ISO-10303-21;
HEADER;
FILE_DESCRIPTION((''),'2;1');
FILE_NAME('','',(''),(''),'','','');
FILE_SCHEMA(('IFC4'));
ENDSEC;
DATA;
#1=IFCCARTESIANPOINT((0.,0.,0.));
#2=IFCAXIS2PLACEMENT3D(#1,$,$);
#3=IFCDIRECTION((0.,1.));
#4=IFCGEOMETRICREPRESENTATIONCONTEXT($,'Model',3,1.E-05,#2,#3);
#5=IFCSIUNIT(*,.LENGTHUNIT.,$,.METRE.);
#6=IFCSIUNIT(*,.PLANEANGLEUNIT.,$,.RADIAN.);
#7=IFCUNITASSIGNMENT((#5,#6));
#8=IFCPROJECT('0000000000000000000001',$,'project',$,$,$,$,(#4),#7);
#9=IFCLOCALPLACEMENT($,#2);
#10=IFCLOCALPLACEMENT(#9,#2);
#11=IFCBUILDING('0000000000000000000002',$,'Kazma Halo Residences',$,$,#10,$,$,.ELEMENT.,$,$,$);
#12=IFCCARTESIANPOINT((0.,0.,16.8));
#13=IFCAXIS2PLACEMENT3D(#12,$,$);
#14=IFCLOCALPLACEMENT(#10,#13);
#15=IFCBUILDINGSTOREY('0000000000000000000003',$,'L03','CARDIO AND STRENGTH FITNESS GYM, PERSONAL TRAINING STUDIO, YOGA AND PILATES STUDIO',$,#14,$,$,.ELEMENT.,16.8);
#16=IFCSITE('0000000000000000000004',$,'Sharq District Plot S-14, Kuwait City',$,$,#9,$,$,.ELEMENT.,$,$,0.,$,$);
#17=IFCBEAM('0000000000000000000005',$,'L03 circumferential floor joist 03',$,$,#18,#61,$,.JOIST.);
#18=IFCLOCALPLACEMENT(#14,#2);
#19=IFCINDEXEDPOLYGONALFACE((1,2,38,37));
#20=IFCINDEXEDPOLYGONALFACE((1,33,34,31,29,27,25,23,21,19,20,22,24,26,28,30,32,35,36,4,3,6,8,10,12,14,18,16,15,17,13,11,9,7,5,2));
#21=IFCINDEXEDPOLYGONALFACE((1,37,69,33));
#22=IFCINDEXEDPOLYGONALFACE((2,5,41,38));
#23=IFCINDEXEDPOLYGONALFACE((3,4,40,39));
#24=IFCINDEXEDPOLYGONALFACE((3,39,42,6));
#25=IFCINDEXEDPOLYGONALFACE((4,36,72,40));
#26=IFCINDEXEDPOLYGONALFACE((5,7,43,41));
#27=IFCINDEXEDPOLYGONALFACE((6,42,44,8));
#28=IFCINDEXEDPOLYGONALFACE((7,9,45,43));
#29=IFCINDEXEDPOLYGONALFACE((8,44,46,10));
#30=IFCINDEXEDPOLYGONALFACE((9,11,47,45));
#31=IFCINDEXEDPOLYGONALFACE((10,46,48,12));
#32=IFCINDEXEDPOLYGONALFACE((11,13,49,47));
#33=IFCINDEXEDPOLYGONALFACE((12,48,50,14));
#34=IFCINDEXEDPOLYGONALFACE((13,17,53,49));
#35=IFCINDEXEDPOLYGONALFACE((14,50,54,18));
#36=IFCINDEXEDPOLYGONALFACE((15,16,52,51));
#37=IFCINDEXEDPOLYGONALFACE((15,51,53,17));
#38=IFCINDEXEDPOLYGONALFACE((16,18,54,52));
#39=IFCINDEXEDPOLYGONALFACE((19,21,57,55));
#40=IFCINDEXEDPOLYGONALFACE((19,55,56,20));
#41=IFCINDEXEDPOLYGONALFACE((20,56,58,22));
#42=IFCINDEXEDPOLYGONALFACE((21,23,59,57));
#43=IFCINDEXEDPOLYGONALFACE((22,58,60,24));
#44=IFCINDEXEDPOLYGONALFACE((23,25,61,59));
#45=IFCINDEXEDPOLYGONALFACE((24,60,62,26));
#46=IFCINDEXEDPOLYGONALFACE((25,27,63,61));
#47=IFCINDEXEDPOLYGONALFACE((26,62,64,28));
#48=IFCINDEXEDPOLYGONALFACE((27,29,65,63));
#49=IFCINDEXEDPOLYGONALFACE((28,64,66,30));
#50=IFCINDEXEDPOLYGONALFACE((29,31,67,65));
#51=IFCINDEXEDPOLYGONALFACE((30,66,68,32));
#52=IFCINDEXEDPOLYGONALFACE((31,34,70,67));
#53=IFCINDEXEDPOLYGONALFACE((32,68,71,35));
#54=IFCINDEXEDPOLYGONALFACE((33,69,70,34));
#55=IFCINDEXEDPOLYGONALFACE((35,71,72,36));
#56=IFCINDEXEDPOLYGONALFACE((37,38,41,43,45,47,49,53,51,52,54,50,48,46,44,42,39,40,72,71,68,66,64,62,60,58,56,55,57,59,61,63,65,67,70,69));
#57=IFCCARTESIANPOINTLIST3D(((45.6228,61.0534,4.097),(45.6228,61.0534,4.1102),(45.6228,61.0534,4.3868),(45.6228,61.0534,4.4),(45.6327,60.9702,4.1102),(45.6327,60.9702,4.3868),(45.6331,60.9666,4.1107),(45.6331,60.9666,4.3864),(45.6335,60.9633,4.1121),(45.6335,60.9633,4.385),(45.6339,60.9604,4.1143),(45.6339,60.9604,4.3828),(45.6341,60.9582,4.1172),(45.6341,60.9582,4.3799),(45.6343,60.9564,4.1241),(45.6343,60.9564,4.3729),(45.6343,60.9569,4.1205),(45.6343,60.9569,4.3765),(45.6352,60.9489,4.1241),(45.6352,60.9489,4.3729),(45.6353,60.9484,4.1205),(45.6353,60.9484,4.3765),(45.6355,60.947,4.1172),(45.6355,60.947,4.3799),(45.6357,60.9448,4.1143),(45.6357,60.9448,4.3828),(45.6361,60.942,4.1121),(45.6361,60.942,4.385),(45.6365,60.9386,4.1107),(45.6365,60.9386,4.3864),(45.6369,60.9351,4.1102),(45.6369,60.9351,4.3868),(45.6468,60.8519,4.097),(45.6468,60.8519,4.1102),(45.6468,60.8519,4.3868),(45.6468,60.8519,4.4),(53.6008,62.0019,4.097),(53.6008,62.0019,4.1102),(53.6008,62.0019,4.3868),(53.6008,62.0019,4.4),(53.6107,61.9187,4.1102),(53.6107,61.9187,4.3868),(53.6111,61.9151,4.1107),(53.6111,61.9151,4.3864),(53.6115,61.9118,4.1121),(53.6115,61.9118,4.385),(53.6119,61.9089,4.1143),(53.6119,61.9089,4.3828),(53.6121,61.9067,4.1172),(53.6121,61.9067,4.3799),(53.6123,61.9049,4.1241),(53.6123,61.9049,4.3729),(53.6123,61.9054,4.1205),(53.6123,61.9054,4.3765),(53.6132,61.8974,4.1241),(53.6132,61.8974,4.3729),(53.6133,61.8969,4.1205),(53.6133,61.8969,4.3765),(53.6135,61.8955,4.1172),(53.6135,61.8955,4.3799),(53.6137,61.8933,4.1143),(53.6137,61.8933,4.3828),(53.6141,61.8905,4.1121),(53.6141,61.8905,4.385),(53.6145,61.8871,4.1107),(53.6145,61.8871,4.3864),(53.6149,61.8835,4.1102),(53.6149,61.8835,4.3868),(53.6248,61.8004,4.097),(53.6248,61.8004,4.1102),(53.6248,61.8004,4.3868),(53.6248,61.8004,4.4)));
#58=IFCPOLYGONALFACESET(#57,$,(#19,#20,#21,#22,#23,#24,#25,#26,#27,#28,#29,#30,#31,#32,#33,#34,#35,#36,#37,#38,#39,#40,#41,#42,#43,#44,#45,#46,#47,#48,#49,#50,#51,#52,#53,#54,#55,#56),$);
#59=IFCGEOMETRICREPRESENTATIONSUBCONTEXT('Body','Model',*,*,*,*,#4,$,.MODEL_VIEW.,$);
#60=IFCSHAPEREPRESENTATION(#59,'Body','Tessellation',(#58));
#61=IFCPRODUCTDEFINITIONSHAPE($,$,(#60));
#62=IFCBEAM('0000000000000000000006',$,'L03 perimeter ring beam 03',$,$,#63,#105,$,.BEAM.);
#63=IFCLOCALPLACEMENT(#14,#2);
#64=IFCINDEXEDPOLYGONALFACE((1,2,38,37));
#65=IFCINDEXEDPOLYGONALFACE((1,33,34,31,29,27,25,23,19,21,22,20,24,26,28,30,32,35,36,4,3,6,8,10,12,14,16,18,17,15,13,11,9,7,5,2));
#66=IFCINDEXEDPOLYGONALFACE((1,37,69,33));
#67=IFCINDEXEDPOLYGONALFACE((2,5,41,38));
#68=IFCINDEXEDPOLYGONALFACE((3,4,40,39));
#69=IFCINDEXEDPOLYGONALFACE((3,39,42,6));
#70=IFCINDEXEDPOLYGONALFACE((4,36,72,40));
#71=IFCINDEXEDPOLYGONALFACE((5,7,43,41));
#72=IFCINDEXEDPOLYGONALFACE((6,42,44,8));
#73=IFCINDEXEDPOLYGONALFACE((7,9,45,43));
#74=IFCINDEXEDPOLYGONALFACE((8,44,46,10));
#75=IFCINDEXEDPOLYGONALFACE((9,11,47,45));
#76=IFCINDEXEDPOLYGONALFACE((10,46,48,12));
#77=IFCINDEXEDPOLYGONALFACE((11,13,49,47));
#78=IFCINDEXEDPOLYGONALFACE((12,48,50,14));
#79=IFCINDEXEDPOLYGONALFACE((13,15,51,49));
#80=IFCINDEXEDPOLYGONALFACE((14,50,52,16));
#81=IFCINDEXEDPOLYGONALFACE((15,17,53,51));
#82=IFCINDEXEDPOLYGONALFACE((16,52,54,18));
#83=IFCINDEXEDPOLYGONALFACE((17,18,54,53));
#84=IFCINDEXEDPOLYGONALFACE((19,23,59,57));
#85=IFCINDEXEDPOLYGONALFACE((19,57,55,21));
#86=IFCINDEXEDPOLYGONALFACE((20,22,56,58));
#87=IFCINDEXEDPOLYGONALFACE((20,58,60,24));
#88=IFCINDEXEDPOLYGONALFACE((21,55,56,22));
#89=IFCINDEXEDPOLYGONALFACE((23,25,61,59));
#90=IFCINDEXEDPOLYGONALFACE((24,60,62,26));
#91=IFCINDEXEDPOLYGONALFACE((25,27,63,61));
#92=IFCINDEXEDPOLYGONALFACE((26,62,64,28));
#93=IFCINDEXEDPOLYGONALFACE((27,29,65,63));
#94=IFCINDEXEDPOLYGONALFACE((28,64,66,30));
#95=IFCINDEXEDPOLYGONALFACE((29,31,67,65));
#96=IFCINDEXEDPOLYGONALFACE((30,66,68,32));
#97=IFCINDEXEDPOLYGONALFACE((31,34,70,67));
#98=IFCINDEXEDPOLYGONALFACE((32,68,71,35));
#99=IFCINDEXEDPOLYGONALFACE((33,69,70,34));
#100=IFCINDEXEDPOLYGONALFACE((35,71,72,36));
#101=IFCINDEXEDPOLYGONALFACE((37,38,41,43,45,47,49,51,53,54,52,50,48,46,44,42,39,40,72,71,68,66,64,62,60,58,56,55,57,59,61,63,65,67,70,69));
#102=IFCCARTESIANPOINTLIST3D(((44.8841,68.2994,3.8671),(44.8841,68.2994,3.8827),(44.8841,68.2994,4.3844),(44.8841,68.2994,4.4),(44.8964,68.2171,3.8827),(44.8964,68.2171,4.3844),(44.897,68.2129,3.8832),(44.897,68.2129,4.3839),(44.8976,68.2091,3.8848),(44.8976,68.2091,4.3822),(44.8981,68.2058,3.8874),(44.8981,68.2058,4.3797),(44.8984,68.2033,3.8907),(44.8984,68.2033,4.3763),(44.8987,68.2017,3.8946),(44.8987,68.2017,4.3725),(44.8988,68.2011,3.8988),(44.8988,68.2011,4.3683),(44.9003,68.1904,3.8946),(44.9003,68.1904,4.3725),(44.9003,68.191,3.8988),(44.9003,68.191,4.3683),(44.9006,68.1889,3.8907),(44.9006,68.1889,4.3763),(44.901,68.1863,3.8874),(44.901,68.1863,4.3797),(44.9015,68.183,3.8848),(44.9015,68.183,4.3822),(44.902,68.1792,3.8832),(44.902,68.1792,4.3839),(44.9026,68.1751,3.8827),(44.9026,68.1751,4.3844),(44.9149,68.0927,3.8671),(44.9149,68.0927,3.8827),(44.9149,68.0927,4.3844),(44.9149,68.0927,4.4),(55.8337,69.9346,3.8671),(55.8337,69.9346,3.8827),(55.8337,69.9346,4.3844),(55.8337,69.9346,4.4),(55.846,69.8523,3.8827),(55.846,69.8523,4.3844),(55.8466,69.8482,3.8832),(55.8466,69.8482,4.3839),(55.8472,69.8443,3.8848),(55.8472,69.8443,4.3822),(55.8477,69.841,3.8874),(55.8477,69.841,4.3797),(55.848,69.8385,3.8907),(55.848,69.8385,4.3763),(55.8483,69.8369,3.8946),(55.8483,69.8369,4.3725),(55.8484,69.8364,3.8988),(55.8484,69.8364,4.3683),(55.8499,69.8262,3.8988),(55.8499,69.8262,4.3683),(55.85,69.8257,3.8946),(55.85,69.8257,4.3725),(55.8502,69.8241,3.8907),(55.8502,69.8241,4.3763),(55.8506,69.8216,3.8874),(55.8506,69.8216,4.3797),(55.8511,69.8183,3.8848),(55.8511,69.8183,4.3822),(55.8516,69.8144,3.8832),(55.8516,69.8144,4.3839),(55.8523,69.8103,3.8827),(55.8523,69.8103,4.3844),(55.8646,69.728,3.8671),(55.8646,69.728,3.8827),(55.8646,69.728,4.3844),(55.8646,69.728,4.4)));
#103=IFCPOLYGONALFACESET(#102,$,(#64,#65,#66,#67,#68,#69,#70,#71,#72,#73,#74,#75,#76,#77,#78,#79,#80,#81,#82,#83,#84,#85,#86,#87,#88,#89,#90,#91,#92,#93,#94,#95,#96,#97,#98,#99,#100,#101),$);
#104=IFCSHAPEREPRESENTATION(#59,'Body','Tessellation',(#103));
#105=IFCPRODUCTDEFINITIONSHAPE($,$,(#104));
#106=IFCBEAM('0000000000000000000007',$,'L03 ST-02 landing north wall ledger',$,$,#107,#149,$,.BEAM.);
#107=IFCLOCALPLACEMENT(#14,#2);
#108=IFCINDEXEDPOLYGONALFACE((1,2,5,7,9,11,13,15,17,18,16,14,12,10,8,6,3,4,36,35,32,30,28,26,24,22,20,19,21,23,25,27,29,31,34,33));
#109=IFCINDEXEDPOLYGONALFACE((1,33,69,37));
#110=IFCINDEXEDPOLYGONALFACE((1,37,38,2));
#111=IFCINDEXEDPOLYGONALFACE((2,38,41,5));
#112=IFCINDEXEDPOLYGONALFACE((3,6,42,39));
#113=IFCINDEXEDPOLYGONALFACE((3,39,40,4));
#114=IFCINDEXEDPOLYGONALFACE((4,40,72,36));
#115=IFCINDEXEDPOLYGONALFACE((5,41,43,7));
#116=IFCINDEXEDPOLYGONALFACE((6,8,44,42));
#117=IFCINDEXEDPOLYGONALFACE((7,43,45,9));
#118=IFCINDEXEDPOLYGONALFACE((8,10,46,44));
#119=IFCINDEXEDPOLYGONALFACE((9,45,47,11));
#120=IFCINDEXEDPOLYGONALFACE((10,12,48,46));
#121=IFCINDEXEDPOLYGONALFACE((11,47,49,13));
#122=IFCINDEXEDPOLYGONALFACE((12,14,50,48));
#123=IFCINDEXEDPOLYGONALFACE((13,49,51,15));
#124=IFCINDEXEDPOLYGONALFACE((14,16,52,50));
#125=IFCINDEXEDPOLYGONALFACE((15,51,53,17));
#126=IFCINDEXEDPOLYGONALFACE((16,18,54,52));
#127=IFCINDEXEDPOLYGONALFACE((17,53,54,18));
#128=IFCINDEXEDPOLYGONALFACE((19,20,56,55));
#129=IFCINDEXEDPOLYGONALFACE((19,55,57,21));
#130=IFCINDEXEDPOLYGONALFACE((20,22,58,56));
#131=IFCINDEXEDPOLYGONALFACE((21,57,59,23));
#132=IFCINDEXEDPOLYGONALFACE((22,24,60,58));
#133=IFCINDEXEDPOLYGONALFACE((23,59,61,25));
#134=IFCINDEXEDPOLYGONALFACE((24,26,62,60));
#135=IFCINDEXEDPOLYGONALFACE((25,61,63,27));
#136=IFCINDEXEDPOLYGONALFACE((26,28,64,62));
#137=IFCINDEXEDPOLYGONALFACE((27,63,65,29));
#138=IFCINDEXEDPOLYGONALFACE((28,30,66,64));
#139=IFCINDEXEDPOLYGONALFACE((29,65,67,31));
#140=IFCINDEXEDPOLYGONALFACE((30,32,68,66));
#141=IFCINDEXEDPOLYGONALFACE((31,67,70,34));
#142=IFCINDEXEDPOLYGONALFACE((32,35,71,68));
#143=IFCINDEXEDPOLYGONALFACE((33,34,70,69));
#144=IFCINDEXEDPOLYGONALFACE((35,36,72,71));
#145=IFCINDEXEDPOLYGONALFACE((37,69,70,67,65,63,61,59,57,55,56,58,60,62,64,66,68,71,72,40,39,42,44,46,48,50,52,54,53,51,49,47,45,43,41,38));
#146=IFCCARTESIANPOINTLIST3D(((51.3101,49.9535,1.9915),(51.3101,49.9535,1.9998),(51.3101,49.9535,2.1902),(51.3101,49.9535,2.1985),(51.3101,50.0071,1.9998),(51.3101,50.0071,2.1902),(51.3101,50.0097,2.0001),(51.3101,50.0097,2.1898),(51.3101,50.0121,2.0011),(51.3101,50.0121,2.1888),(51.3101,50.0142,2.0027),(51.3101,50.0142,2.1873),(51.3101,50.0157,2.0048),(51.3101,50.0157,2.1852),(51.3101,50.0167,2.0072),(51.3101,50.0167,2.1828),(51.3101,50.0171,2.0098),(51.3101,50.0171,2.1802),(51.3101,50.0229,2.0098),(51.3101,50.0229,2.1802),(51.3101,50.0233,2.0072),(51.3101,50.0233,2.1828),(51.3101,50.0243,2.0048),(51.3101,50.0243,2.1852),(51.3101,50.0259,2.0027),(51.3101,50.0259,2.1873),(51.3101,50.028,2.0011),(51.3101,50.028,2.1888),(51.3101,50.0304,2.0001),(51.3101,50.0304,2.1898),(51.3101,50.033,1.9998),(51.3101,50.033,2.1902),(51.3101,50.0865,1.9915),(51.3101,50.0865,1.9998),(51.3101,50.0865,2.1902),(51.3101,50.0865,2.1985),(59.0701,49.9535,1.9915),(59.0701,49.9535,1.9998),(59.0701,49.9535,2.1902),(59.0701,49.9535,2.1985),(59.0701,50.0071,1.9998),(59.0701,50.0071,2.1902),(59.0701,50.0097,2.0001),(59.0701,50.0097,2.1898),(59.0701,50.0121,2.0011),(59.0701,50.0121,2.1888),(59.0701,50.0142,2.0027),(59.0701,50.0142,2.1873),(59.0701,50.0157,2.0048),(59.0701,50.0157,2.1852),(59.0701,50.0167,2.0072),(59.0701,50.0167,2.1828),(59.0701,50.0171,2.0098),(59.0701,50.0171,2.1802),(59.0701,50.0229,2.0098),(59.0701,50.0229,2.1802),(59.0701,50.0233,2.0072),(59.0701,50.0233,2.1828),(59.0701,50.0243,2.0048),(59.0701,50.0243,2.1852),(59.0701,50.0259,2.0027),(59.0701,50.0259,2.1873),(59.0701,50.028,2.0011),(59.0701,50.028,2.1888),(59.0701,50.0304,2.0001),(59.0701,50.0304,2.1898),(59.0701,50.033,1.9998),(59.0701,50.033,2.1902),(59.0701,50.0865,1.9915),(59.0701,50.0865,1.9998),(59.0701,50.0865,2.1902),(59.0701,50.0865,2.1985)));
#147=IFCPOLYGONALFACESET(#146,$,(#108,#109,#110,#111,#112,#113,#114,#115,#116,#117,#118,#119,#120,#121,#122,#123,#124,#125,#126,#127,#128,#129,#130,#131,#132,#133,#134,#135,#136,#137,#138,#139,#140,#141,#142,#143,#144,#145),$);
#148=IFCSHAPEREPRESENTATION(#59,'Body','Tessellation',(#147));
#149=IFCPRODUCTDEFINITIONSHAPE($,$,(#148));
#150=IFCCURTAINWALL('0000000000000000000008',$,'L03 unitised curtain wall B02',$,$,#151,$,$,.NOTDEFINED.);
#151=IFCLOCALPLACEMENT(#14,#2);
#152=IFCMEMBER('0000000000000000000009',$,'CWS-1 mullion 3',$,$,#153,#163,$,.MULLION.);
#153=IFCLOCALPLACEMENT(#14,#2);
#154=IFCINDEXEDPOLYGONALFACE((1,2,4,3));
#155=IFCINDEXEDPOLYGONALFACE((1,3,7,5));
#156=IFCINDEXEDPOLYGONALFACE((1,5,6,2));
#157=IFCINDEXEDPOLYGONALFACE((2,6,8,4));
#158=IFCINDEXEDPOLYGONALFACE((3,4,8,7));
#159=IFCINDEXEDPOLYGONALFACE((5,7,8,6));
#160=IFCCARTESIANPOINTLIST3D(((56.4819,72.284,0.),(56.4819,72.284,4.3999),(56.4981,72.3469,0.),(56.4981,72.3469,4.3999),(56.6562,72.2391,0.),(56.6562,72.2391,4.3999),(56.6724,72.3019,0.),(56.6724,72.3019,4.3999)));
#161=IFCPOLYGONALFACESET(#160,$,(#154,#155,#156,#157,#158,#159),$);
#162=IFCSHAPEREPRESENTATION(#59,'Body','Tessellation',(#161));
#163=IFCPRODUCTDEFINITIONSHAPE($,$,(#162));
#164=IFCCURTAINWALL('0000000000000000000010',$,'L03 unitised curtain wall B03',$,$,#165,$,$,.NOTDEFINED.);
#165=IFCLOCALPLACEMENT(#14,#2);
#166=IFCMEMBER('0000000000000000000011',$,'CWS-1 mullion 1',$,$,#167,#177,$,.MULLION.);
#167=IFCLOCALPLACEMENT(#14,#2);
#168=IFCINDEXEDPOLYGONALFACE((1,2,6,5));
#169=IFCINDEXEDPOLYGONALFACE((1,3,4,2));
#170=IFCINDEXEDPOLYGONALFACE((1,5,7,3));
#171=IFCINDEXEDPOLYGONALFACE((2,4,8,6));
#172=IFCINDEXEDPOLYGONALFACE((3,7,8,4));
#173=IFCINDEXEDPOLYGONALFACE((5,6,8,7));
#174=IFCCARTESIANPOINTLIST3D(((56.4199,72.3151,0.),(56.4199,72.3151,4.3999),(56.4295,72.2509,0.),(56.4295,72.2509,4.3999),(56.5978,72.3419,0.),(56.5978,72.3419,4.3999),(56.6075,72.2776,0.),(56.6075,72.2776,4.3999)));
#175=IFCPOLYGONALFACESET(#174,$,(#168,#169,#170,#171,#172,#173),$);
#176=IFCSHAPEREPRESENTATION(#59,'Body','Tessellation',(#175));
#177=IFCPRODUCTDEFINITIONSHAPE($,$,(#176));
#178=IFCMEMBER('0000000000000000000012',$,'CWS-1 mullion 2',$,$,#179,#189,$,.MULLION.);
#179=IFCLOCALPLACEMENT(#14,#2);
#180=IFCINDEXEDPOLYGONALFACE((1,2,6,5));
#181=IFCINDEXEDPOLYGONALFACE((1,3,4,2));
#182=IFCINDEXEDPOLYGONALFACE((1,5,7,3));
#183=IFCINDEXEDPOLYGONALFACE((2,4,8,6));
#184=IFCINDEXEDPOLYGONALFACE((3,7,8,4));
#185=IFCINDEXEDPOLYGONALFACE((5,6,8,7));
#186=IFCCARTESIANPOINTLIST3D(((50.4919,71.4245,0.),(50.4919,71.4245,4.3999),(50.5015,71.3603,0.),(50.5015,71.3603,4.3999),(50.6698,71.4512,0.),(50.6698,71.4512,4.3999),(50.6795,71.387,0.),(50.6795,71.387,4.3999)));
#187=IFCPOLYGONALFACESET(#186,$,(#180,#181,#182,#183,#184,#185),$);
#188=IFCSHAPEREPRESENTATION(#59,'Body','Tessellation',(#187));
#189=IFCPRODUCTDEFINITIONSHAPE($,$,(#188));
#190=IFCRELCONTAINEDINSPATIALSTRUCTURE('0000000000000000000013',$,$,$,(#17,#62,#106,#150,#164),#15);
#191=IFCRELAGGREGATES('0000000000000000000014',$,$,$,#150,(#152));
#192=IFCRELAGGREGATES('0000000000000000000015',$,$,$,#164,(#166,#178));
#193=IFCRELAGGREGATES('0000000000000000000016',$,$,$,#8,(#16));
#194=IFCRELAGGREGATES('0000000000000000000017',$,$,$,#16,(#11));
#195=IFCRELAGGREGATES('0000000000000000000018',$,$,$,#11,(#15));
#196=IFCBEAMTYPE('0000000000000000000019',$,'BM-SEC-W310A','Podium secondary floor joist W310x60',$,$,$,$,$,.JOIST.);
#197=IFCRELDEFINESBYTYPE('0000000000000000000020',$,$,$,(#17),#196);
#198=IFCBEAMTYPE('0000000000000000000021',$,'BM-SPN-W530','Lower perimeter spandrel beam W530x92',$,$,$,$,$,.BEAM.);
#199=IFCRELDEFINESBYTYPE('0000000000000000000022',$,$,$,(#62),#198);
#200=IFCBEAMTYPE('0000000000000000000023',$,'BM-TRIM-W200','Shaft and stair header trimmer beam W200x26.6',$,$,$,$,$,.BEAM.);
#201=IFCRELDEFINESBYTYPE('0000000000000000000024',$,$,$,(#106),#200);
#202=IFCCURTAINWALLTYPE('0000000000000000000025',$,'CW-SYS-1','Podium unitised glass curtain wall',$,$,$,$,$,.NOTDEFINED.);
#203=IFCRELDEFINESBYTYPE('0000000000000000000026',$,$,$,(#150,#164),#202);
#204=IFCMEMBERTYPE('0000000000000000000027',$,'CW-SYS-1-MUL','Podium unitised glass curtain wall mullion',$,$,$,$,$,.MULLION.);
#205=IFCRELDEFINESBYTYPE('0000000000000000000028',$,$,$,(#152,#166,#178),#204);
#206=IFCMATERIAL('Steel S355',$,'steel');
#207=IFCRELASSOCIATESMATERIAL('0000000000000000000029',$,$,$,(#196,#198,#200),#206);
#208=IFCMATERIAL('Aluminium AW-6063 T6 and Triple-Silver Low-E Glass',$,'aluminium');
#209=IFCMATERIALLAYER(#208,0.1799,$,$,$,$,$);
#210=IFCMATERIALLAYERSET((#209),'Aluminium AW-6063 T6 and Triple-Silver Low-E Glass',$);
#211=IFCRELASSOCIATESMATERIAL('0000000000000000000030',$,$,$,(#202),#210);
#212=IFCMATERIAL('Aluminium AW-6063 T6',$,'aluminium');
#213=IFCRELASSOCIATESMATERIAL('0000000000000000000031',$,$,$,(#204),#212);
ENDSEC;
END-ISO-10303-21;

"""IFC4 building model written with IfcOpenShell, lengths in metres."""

from ifc_helpers import new_model, si_unit, direction, frame, origin, origin_2d, place, context, subcontext, project, spatial, rectangle, i_section, extrude, material, layer, layer_set, material_profile, profile_set, type_object, element, aggregate, save


model = new_model("IFC4")

# Units and contexts
model_context = context("Model", 3, precision=1e-05, world=origin(), true_north=direction((0.0, 1.0)))
body_context = subcontext(model_context, "Body", "Model", "MODEL_VIEW")
ifc_project = project(units=[si_unit("LENGTHUNIT", "METRE"), si_unit("PLANEANGLEUNIT", "RADIAN")], contexts=[model_context])

# Site, building, storey
site_placement = place(None, origin())
site = spatial("IfcSite", under=ifc_project, at=site_placement, Name="Sharq District Plot S-14, Kuwait City", CompositionType="ELEMENT", RefElevation=0.0)
building_placement = place(site_placement, origin())
building = spatial("IfcBuilding", under=site, at=building_placement, Name="Kazma Halo Residences", CompositionType="ELEMENT")
storey_placement = place(building_placement, frame((0.0, 0.0, 16.8)))
storey = spatial("IfcBuildingStorey", under=building, at=storey_placement, Name="L03", Description="CARDIO AND STRENGTH FITNESS GYM, PERSONAL TRAINING STUDIO, YOGA AND PILATES STUDIO", CompositionType="ELEMENT", Elevation=16.8)

# Beams
ifc_material_1 = material(Name="Steel S355", Category="steel")
ifc_material_profile_1 = material_profile(ifc_material_1, i_section(OverallWidth=0.2029, OverallDepth=0.303, WebThickness=0.0076, FlangeThickness=0.0132, FilletRadius=0.0139, at=origin_2d()), Name="W310x60")
ifc_profile_set_1 = profile_set([ifc_material_profile_1], Name="Steel S355")
beam_type_1 = type_object("IfcBeamType", Name="BM-SEC-W310A", Description="Podium secondary floor joist W310x60", PredefinedType="JOIST", material=ifc_profile_set_1)
beam_1_placement = place(storey_placement, frame((53.6128, 61.9011, 4.2485), z_axis=(-0.993007, -0.118056, 0.0), x_axis=(0.118056, -0.993007, 0.0)))
element("IfcBeam", 1, at=beam_1_placement, inside=storey, type_object=beam_type_1, Name="L03 circumferential floor joist 03", PredefinedType="JOIST", context=body_context, shape_type="SweptSolid", body=[
    extrude(i_section(OverallWidth=0.2029, OverallDepth=0.303, WebThickness=0.0076, FlangeThickness=0.0132, FilletRadius=0.0139, at=origin_2d()), origin(), (0.0, 0.0, 1.0), 8.0342),
])
ifc_material_profile_2 = material_profile(ifc_material_1, i_section(OverallWidth=0.209, OverallDepth=0.533, WebThickness=0.0103, FlangeThickness=0.0156, FilletRadius=0.0161, at=origin_2d()), Name="W530x92")
ifc_profile_set_2 = profile_set([ifc_material_profile_2], Name="Steel S355")
beam_type_2 = type_object("IfcBeamType", Name="BM-SPN-W530", Description="Lower perimeter spandrel beam W530x92", PredefinedType="BEAM", material=ifc_profile_set_2)
beam_2_placement = place(storey_placement, frame((55.8491, 69.8313, 4.1335), z_axis=(-0.989032, -0.147704, 0.0), x_axis=(0.147704, -0.989032, 0.0)))
element("IfcBeam", 2, at=beam_2_placement, inside=storey, type_object=beam_type_2, Name="L03 perimeter ring beam 03", PredefinedType="BEAM", context=body_context, shape_type="SweptSolid", body=[
    extrude(i_section(OverallWidth=0.209, OverallDepth=0.533, WebThickness=0.0103, FlangeThickness=0.0156, FilletRadius=0.0161, at=origin_2d()), origin(), (0.0, 0.0, 1.0), 11.071),
])
ifc_material_profile_3 = material_profile(ifc_material_1, i_section(OverallWidth=0.1331, OverallDepth=0.207, WebThickness=0.0059, FlangeThickness=0.0083, FilletRadius=0.01, at=origin_2d()), Name="W200x26.6")
ifc_profile_set_3 = profile_set([ifc_material_profile_3], Name="Steel S355")
beam_type_3 = type_object("IfcBeamType", Name="BM-TRIM-W200", Description="Shaft and stair header trimmer beam W200x26.6", PredefinedType="BEAM", material=ifc_profile_set_3)
beam_3_placement = place(storey_placement, frame((51.3101, 50.02, 2.095), z_axis=(1.0, 0.0, 0.0), x_axis=(0.0, 1.0, 0.0)))
element("IfcBeam", 3, at=beam_3_placement, inside=storey, type_object=beam_type_3, Name="L03 ST-02 landing north wall ledger", PredefinedType="BEAM", context=body_context, shape_type="SweptSolid", body=[
    extrude(i_section(OverallWidth=0.1331, OverallDepth=0.207, WebThickness=0.0059, FlangeThickness=0.0083, FilletRadius=0.01, at=origin_2d()), origin(), (0.0, 0.0, 1.0), 7.76),
])

# Curtain wall, member
ifc_material_2 = material(Name="Aluminium AW-6063 T6 and Triple-Silver Low-E Glass", Category="aluminium")
ifc_layer_1 = layer(ifc_material_2, 0.1799)
ifc_layer_set_1 = layer_set([ifc_layer_1], Name="Aluminium AW-6063 T6 and Triple-Silver Low-E Glass")
curtain_wall_type = type_object("IfcCurtainWallType", Name="CW-SYS-1", Description="Podium unitised glass curtain wall", PredefinedType="NOTDEFINED", material=ifc_layer_set_1)
curtain_wall_1_placement = place(storey_placement, origin())
curtain_wall_1 = element("IfcCurtainWall", 4, at=curtain_wall_1_placement, inside=storey, type_object=curtain_wall_type, Name="L03 unitised curtain wall B02", PredefinedType="NOTDEFINED")
ifc_material_3 = material(Name="Aluminium AW-6063 T6", Category="aluminium")
ifc_material_profile_4 = material_profile(ifc_material_3, rectangle(XDim=0.0649, YDim=0.1799, at=origin_2d()), Name="CWM-65x180")
ifc_profile_set_4 = profile_set([ifc_material_profile_4], Name="Aluminium AW-6063 T6")
member_type_1 = type_object("IfcMemberType", Name="CW-SYS-1-MUL", Description="Podium unitised glass curtain wall mullion", PredefinedType="MULLION", material=ifc_profile_set_4)
member_1_placement = place(storey_placement, frame((56.5771, 72.293, 0.0), z_axis=(0.0, 0.0, 1.0), x_axis=(-0.249727, -0.968316, 0.0)))
member_1 = element("IfcMember", 5, at=member_1_placement, type_object=member_type_1, Name="CWS-1 mullion 3", PredefinedType="MULLION", context=body_context, shape_type="SweptSolid", body=[
    extrude(rectangle(XDim=0.0649, YDim=0.1799, at=origin_2d()), origin(), (0.0, 0.0, 1.0), 4.3999),
])

# Curtain wall, members
curtain_wall_2_placement = place(storey_placement, origin())
curtain_wall_2 = element("IfcCurtainWall", 6, at=curtain_wall_2_placement, inside=storey, type_object=curtain_wall_type, Name="L03 unitised curtain wall B03", PredefinedType="NOTDEFINED")
member_2_placement = place(storey_placement, frame((56.5137, 72.2964, 0.0), z_axis=(0.0, 0.0, 1.0), x_axis=(0.148549, -0.988905, 0.0)))
member_2 = element("IfcMember", 7, at=member_2_placement, type_object=member_type_1, Name="CWS-1 mullion 1", PredefinedType="MULLION", context=body_context, shape_type="SweptSolid", body=[
    extrude(rectangle(XDim=0.0649, YDim=0.1799, at=origin_2d()), origin(), (0.0, 0.0, 1.0), 4.3999),
])
member_3_placement = place(storey_placement, frame((50.5857, 71.4058, 0.0), z_axis=(0.0, 0.0, 1.0), x_axis=(0.148549, -0.988905, 0.0)))
member_3 = element("IfcMember", 8, at=member_3_placement, type_object=member_type_1, Name="CWS-1 mullion 2", PredefinedType="MULLION", context=body_context, shape_type="SweptSolid", body=[
    extrude(rectangle(XDim=0.0649, YDim=0.1799, at=origin_2d()), origin(), (0.0, 0.0, 1.0), 4.3999),
])

aggregate(curtain_wall_1, [member_1])
aggregate(curtain_wall_2, [member_2, member_3])

save(model, "model.ifc")
